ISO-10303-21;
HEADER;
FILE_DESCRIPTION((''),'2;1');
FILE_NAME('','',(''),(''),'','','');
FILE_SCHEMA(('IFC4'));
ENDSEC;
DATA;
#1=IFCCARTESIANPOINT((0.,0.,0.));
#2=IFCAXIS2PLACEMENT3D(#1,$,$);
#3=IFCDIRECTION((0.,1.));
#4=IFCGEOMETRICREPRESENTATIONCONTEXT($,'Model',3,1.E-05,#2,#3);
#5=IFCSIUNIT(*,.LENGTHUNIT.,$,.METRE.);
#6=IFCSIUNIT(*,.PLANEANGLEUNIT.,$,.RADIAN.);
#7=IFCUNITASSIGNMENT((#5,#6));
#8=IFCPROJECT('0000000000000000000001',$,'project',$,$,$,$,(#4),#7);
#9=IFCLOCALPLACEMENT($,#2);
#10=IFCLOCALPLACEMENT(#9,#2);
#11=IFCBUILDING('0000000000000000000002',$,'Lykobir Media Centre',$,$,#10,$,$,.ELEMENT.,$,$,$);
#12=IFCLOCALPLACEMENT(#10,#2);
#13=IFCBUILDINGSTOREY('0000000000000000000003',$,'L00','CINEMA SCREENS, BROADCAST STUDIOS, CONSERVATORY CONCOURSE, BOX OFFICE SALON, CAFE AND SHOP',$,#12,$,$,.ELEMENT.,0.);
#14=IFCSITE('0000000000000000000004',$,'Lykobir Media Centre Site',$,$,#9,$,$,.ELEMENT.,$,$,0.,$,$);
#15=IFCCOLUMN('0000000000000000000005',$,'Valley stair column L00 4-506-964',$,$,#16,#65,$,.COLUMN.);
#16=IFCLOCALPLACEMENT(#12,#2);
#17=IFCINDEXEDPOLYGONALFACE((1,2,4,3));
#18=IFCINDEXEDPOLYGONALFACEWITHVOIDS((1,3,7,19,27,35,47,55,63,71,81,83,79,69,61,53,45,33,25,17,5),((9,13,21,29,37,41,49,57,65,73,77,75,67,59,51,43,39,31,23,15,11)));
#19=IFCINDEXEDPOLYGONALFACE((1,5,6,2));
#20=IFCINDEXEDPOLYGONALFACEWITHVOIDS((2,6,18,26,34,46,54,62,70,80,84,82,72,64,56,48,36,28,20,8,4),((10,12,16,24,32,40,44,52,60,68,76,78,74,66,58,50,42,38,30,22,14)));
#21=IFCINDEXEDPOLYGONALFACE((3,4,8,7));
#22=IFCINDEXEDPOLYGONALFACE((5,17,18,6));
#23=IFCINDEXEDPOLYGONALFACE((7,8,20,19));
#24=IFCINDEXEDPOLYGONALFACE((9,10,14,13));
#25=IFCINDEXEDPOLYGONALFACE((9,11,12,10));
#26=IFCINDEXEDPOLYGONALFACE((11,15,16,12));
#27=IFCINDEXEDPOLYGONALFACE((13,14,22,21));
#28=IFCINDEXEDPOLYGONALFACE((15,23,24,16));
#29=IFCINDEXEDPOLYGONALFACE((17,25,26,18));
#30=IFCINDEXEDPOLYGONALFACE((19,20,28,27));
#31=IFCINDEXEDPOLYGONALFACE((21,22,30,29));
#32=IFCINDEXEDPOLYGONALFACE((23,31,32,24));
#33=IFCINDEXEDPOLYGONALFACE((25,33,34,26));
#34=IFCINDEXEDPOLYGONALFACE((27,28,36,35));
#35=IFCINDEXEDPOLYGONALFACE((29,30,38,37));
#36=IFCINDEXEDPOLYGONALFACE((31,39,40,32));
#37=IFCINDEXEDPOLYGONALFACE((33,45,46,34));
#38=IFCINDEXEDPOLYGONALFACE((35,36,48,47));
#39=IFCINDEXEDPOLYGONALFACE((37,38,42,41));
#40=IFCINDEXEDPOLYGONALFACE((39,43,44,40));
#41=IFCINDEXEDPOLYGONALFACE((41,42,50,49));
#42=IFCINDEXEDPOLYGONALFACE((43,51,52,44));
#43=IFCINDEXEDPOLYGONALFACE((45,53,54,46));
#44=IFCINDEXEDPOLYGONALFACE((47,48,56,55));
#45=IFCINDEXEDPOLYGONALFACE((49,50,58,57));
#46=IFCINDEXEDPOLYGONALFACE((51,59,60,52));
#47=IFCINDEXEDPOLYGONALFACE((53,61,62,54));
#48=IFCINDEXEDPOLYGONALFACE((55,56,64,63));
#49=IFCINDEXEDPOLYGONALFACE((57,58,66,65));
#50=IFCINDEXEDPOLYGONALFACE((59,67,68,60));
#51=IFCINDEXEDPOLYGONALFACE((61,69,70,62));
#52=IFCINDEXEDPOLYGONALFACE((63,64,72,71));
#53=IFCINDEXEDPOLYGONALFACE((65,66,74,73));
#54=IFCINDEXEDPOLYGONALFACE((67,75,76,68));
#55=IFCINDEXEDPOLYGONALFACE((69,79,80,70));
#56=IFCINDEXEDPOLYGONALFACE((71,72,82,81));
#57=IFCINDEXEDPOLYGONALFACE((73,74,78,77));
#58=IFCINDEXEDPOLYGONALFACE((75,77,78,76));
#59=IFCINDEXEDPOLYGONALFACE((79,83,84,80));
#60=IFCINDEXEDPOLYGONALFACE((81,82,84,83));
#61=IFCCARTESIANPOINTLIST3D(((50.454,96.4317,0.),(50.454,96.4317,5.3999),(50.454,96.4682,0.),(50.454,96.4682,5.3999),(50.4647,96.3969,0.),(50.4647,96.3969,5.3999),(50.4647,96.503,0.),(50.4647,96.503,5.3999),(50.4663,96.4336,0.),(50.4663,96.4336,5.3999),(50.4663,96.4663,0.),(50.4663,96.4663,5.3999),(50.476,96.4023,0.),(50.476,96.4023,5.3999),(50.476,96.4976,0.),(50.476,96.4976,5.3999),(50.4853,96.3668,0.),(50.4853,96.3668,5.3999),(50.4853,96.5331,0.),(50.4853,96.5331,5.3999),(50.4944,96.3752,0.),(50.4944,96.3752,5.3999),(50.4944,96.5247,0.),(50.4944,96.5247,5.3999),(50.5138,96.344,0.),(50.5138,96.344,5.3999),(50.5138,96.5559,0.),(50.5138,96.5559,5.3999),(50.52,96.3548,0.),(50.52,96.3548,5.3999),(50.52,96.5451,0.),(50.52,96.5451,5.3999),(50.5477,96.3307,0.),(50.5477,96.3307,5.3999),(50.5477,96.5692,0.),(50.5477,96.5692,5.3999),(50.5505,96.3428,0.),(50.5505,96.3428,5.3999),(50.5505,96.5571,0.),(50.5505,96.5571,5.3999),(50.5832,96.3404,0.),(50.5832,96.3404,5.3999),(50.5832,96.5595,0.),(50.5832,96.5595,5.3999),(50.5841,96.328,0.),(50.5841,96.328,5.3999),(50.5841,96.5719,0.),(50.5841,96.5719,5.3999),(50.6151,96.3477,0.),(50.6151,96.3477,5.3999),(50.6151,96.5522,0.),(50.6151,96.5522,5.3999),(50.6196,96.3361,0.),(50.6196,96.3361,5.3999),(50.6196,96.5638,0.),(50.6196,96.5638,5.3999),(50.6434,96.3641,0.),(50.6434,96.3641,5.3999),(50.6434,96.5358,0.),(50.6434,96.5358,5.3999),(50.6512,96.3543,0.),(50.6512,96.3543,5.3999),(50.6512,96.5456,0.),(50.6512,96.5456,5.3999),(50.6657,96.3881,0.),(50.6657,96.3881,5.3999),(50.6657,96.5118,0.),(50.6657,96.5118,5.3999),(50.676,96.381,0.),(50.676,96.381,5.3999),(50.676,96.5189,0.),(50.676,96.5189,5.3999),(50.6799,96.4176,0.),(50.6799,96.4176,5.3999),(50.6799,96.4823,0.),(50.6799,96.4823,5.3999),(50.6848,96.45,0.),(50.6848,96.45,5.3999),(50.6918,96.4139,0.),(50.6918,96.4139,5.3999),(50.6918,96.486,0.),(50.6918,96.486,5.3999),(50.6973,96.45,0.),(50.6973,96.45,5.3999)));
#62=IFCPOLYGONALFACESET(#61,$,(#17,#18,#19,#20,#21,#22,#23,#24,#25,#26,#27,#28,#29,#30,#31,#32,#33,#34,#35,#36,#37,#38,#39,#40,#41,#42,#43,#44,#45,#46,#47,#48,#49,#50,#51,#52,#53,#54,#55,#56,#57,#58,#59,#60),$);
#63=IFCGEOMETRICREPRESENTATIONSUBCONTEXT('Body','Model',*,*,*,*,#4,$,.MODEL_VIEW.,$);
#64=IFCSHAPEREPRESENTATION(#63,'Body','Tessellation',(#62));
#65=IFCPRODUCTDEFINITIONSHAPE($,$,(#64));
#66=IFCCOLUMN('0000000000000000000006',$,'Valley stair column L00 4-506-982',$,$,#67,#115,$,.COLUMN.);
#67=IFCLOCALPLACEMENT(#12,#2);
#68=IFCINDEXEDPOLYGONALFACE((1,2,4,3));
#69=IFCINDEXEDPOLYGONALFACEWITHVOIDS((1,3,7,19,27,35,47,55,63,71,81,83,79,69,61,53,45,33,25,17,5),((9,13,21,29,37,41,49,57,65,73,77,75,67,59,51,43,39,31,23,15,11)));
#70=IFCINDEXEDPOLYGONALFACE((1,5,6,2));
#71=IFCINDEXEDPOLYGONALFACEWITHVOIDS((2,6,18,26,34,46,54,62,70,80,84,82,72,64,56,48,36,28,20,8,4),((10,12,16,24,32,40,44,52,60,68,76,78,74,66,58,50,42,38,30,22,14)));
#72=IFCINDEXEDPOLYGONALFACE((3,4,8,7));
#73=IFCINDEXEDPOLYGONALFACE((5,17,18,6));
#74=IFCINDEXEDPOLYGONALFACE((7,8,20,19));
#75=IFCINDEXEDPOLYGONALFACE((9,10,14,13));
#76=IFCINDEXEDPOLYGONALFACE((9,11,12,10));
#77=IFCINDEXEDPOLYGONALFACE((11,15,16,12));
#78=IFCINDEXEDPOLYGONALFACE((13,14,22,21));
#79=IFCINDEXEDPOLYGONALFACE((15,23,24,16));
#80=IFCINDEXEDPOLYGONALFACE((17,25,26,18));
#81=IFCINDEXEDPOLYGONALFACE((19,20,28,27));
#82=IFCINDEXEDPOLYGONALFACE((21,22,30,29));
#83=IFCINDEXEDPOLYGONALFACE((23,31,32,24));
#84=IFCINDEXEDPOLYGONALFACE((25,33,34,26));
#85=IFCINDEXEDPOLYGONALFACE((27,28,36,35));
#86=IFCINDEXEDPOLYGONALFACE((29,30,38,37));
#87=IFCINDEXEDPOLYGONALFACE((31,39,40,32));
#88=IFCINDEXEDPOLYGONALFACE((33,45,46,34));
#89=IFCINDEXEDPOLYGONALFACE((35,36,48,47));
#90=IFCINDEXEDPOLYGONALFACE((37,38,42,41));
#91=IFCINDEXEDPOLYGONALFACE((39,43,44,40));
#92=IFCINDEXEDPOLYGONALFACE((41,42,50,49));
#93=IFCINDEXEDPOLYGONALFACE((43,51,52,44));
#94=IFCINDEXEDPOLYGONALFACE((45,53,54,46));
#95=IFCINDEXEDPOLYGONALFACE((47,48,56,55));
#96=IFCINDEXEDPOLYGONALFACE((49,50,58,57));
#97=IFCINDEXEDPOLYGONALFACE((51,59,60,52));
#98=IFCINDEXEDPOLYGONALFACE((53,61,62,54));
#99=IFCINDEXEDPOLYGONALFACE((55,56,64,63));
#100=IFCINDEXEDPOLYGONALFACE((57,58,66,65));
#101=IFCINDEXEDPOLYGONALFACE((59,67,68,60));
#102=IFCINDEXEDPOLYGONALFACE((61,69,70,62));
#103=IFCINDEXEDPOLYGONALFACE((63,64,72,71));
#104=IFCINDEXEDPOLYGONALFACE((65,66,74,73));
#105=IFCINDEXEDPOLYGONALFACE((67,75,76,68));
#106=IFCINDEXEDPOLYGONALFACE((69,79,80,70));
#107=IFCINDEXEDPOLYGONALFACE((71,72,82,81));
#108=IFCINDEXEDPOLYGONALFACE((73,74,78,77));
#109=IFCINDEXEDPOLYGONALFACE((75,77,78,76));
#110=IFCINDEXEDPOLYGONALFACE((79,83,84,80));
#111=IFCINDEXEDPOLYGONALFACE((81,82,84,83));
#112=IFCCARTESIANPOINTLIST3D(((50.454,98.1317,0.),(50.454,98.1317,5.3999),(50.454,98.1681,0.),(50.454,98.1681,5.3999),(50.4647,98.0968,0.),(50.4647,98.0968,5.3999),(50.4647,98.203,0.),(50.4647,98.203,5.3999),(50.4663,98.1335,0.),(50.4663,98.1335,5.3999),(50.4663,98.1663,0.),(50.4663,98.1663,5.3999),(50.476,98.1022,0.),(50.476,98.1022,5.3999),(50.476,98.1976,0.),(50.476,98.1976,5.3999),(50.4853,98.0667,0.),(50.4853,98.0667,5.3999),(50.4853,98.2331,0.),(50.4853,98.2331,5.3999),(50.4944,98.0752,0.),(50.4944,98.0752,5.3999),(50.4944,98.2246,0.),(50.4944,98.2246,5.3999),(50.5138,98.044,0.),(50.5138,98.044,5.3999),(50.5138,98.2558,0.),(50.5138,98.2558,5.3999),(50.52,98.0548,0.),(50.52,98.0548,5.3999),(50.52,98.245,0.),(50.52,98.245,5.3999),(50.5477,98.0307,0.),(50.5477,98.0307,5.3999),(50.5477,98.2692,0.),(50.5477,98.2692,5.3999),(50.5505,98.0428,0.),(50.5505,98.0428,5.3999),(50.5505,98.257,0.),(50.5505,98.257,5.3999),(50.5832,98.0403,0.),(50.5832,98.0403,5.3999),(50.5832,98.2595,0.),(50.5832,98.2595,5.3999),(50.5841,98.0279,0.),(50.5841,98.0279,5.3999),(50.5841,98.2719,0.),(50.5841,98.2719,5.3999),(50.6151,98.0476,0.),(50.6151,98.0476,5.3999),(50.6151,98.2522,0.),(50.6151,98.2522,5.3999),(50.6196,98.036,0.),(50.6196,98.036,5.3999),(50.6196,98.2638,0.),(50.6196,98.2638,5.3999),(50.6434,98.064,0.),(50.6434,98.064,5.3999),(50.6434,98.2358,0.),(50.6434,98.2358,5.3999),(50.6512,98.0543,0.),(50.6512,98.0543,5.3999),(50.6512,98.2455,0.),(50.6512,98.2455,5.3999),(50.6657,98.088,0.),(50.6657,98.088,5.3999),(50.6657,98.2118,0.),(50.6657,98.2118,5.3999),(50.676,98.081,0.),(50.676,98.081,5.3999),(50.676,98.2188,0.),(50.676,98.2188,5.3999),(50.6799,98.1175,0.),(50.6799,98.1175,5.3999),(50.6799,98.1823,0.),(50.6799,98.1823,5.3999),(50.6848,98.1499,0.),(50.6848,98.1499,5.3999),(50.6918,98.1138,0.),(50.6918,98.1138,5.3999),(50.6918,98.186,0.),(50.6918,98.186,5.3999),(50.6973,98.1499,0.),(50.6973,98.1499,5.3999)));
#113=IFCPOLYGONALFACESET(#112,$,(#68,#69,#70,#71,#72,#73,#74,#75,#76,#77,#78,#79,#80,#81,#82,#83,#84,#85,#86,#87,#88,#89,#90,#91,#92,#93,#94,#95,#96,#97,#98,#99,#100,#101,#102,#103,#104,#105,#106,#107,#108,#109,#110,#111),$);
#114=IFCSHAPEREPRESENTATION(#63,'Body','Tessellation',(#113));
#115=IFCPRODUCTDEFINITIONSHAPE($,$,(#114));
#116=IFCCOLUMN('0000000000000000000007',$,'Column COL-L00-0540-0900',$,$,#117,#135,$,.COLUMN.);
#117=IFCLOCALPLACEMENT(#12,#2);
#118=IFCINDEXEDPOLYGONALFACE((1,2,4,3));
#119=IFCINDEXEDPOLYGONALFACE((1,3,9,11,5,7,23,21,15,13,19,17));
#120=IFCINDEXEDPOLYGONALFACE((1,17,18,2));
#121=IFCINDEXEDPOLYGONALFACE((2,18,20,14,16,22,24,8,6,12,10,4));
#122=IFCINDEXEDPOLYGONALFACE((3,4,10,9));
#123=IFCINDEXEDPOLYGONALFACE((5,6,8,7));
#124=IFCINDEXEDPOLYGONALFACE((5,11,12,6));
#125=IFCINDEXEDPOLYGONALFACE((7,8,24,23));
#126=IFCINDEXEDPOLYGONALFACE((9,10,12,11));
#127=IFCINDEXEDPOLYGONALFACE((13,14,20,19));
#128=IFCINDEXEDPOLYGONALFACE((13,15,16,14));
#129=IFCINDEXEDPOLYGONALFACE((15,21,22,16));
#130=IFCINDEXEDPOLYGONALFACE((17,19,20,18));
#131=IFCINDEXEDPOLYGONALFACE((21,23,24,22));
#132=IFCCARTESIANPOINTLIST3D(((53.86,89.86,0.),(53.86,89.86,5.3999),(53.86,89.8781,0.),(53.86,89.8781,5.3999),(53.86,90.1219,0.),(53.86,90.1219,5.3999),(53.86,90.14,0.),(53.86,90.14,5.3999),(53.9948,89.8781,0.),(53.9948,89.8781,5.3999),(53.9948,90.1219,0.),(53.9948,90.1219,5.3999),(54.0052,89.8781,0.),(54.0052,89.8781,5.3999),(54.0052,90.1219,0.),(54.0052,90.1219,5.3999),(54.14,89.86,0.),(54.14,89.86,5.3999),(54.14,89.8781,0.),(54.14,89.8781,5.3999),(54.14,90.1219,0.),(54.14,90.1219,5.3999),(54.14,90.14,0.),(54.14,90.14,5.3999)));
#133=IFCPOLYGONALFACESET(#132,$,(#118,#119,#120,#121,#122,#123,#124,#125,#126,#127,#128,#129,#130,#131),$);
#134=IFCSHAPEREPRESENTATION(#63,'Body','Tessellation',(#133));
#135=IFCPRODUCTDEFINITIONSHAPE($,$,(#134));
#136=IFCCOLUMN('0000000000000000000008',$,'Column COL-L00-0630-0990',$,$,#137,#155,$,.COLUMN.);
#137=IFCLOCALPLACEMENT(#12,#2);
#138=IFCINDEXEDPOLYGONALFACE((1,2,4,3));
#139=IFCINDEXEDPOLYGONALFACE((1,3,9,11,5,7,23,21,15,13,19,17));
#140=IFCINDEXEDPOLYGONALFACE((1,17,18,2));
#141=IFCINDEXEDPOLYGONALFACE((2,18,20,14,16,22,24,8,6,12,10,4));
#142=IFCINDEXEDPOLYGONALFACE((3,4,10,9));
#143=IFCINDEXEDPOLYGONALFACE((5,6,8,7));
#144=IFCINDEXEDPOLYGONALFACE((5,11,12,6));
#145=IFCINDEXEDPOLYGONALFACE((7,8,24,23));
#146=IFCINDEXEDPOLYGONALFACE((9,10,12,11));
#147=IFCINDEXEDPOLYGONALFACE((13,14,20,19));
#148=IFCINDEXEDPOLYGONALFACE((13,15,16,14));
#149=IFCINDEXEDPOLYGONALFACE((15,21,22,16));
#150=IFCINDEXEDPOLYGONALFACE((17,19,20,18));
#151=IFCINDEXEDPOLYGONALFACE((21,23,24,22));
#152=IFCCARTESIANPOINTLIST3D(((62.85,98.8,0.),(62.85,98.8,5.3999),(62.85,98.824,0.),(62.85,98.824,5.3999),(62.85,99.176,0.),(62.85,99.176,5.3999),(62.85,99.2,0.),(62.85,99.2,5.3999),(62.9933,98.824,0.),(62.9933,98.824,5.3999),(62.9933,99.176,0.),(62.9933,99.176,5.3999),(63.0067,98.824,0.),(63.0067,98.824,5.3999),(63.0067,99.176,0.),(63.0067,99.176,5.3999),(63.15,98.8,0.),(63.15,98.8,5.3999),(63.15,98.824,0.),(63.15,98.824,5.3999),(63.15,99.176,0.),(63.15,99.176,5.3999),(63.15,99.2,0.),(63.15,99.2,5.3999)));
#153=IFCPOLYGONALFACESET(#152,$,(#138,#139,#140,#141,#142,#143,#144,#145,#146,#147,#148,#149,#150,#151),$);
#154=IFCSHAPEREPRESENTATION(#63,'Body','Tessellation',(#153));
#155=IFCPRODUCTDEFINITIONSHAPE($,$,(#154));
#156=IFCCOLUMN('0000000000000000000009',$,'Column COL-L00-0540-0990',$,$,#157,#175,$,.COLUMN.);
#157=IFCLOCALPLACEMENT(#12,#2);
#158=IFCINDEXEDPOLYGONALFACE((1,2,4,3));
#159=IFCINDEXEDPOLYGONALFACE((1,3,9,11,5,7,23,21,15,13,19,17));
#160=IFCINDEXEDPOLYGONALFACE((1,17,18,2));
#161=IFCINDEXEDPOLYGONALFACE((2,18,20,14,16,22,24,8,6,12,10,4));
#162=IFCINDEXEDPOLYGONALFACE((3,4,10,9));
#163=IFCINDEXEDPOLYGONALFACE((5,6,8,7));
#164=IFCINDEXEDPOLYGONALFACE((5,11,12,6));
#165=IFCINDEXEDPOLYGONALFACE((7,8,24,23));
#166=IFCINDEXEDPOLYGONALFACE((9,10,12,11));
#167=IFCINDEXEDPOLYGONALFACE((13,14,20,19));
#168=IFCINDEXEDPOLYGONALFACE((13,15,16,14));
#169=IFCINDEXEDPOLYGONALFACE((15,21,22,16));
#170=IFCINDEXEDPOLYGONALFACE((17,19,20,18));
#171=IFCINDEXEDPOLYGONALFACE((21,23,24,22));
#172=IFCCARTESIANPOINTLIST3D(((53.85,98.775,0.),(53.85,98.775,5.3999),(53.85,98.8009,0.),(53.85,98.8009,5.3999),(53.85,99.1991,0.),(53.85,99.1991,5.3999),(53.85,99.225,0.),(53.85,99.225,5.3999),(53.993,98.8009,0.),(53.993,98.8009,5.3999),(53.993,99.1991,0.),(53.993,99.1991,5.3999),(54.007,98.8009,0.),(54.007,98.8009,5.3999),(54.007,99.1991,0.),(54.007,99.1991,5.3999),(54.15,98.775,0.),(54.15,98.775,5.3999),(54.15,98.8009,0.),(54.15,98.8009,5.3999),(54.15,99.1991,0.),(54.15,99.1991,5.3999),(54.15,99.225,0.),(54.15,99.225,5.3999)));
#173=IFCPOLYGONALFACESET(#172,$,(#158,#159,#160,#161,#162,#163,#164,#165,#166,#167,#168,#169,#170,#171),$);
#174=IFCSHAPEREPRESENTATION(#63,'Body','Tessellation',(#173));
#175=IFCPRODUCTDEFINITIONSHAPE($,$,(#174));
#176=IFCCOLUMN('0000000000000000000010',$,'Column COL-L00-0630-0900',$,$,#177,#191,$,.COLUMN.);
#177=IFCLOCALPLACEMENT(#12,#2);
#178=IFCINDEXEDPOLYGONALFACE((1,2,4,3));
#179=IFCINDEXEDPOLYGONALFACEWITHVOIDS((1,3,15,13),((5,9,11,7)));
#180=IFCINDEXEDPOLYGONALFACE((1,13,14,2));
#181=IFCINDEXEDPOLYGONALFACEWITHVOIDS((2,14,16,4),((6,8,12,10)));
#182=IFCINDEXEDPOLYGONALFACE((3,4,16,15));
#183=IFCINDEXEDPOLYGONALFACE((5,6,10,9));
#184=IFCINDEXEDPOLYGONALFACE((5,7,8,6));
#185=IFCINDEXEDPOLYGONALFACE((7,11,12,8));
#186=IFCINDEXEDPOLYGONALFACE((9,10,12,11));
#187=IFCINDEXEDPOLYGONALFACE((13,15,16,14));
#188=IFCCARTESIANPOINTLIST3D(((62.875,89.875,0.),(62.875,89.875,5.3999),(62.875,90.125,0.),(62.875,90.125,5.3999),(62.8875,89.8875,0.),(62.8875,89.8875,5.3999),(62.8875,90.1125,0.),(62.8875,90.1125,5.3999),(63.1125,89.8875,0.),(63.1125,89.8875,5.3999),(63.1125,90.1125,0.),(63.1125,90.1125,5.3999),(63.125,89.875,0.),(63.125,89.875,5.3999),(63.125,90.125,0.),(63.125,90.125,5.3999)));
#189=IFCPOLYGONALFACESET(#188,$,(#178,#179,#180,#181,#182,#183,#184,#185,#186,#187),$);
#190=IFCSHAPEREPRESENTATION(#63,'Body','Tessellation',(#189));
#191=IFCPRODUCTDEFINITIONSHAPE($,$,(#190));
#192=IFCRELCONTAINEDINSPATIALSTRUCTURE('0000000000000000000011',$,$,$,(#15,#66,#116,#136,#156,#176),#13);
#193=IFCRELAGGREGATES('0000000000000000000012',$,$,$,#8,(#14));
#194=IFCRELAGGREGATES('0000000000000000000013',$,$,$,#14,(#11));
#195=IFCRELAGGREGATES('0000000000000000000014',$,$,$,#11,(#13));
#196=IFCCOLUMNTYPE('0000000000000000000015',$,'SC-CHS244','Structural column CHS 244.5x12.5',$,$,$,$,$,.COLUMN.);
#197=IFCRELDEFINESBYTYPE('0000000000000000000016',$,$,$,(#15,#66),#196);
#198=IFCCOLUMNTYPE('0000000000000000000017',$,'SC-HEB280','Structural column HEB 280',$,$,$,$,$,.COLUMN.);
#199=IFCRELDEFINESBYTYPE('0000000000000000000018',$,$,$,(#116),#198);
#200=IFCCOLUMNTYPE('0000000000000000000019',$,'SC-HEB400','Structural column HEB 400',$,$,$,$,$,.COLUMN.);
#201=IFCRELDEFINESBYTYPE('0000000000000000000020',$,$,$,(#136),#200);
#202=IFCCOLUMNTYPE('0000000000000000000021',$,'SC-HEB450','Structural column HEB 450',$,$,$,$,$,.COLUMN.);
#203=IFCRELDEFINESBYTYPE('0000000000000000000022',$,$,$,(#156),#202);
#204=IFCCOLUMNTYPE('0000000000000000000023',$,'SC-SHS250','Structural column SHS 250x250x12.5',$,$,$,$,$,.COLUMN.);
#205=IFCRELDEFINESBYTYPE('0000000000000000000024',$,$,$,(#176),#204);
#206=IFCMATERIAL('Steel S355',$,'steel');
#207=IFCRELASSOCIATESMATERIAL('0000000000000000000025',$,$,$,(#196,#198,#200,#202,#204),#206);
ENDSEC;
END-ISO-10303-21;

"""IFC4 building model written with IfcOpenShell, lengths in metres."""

from ifc_helpers import new_model, si_unit, direction, frame, origin, origin_2d, place, context, subcontext, project, spatial, hollow_rectangle, hollow_circle, i_section, extrude, material, material_profile, profile_set, type_object, element, save


model = new_model("IFC4")

# Units and contexts
model_context = context("Model", 3, precision=1e-05, world=origin(), true_north=direction((0.0, 1.0)))
body_context = subcontext(model_context, "Body", "Model", "MODEL_VIEW")
ifc_project = project(units=[si_unit("LENGTHUNIT", "METRE"), si_unit("PLANEANGLEUNIT", "RADIAN")], contexts=[model_context])

# Site, building, storey
site_placement = place(None, origin())
site = spatial("IfcSite", under=ifc_project, at=site_placement, Name="Lykobir Media Centre Site", CompositionType="ELEMENT", RefElevation=0.0)
building_placement = place(site_placement, origin())
building = spatial("IfcBuilding", under=site, at=building_placement, Name="Lykobir Media Centre", CompositionType="ELEMENT")
storey_placement = place(building_placement, origin())
storey = spatial("IfcBuildingStorey", under=building, at=storey_placement, Name="L00", Description="CINEMA SCREENS, BROADCAST STUDIOS, CONSERVATORY CONCOURSE, BOX OFFICE SALON, CAFE AND SHOP", CompositionType="ELEMENT", Elevation=0.0)

# Columns
ifc_material = material(Name="Steel S355", Category="steel")
ifc_material_profile_1 = material_profile(ifc_material, hollow_circle(Radius=0.1223, WallThickness=0.0125, at=origin_2d()), Name="CHS 244.5x12.5")
ifc_profile_set_1 = profile_set([ifc_material_profile_1], Name="Steel S355")
column_type_1 = type_object("IfcColumnType", Name="SC-CHS244", Description="Structural column CHS 244.5x12.5", PredefinedType="COLUMN", material=ifc_profile_set_1)
for number, where, z_axis, x_axis, name in (
    (1, (50.575, 96.45, 0.0), (0.0, 0.0, 1.0), (1.0, 0.0, 0.0), "Valley stair column L00 4-506-964"),
    (2, (50.575, 98.1499, 0.0), (0.0, 0.0, 1.0), (1.0, 0.0, 0.0), "Valley stair column L00 4-506-982"),
):
    element("IfcColumn", number, at=place(storey_placement, frame(where, z_axis=z_axis, x_axis=x_axis)), inside=storey, type_object=column_type_1, Name=name, PredefinedType="COLUMN", context=body_context, shape_type="SweptSolid", body=[
        extrude(hollow_circle(Radius=0.1223, WallThickness=0.0125, at=origin_2d()), origin(), (0.0, 0.0, 1.0), 5.3999),
    ])
ifc_material_profile_2 = material_profile(ifc_material, i_section(OverallWidth=0.28, OverallDepth=0.28, WebThickness=0.0105, FlangeThickness=0.0181, at=origin_2d()), Name="HEB 280")
ifc_profile_set_2 = profile_set([ifc_material_profile_2], Name="Steel S355")
column_type_2 = type_object("IfcColumnType", Name="SC-HEB280", Description="Structural column HEB 280", PredefinedType="COLUMN", material=ifc_profile_set_2)
column_1_placement = place(storey_placement, frame((54.0, 90.0, 0.0), z_axis=(0.0, 0.0, 1.0), x_axis=(1.0, 0.0, 0.0)))
element("IfcColumn", 3, at=column_1_placement, inside=storey, type_object=column_type_2, Name="Column COL-L00-0540-0900", PredefinedType="COLUMN", context=body_context, shape_type="SweptSolid", body=[
    extrude(i_section(OverallWidth=0.28, OverallDepth=0.28, WebThickness=0.0105, FlangeThickness=0.0181, at=origin_2d()), origin(), (0.0, 0.0, 1.0), 5.3999),
])
ifc_material_profile_3 = material_profile(ifc_material, i_section(OverallWidth=0.3, OverallDepth=0.3999, WebThickness=0.0134, FlangeThickness=0.0239, at=origin_2d()), Name="HEB 400")
ifc_profile_set_3 = profile_set([ifc_material_profile_3], Name="Steel S355")
column_type_3 = type_object("IfcColumnType", Name="SC-HEB400", Description="Structural column HEB 400", PredefinedType="COLUMN", material=ifc_profile_set_3)
column_2_placement = place(storey_placement, frame((63.0, 99.0, 0.0), z_axis=(0.0, 0.0, 1.0), x_axis=(1.0, 0.0, 0.0)))
element("IfcColumn", 4, at=column_2_placement, inside=storey, type_object=column_type_3, Name="Column COL-L00-0630-0990", PredefinedType="COLUMN", context=body_context, shape_type="SweptSolid", body=[
    extrude(i_section(OverallWidth=0.3, OverallDepth=0.3999, WebThickness=0.0134, FlangeThickness=0.0239, at=origin_2d()), origin(), (0.0, 0.0, 1.0), 5.3999),
])
ifc_material_profile_4 = material_profile(ifc_material, i_section(OverallWidth=0.3, OverallDepth=0.45, WebThickness=0.0139, FlangeThickness=0.0259, at=origin_2d()), Name="HEB 450")
ifc_profile_set_4 = profile_set([ifc_material_profile_4], Name="Steel S355")
column_type_4 = type_object("IfcColumnType", Name="SC-HEB450", Description="Structural column HEB 450", PredefinedType="COLUMN", material=ifc_profile_set_4)
column_3_placement = place(storey_placement, frame((54.0, 99.0, 0.0), z_axis=(0.0, 0.0, 1.0), x_axis=(1.0, 0.0, 0.0)))
element("IfcColumn", 5, at=column_3_placement, inside=storey, type_object=column_type_4, Name="Column COL-L00-0540-0990", PredefinedType="COLUMN", context=body_context, shape_type="SweptSolid", body=[
    extrude(i_section(OverallWidth=0.3, OverallDepth=0.45, WebThickness=0.0139, FlangeThickness=0.0259, at=origin_2d()), origin(), (0.0, 0.0, 1.0), 5.3999),
])
ifc_material_profile_5 = material_profile(ifc_material, hollow_rectangle(XDim=0.25, YDim=0.25, WallThickness=0.0125, at=origin_2d()), Name="SHS 250x250x12.5")
ifc_profile_set_5 = profile_set([ifc_material_profile_5], Name="Steel S355")
column_type_5 = type_object("IfcColumnType", Name="SC-SHS250", Description="Structural column SHS 250x250x12.5", PredefinedType="COLUMN", material=ifc_profile_set_5)
column_4_placement = place(storey_placement, frame((63.0, 90.0, 0.0), z_axis=(0.0, 0.0, 1.0), x_axis=(1.0, 0.0, 0.0)))
element("IfcColumn", 6, at=column_4_placement, inside=storey, type_object=column_type_5, Name="Column COL-L00-0630-0900", PredefinedType="COLUMN", context=body_context, shape_type="SweptSolid", body=[
    extrude(hollow_rectangle(XDim=0.25, YDim=0.25, WallThickness=0.0125, at=origin_2d()), origin(), (0.0, 0.0, 1.0), 5.3999),
])

save(model, "model.ifc")
